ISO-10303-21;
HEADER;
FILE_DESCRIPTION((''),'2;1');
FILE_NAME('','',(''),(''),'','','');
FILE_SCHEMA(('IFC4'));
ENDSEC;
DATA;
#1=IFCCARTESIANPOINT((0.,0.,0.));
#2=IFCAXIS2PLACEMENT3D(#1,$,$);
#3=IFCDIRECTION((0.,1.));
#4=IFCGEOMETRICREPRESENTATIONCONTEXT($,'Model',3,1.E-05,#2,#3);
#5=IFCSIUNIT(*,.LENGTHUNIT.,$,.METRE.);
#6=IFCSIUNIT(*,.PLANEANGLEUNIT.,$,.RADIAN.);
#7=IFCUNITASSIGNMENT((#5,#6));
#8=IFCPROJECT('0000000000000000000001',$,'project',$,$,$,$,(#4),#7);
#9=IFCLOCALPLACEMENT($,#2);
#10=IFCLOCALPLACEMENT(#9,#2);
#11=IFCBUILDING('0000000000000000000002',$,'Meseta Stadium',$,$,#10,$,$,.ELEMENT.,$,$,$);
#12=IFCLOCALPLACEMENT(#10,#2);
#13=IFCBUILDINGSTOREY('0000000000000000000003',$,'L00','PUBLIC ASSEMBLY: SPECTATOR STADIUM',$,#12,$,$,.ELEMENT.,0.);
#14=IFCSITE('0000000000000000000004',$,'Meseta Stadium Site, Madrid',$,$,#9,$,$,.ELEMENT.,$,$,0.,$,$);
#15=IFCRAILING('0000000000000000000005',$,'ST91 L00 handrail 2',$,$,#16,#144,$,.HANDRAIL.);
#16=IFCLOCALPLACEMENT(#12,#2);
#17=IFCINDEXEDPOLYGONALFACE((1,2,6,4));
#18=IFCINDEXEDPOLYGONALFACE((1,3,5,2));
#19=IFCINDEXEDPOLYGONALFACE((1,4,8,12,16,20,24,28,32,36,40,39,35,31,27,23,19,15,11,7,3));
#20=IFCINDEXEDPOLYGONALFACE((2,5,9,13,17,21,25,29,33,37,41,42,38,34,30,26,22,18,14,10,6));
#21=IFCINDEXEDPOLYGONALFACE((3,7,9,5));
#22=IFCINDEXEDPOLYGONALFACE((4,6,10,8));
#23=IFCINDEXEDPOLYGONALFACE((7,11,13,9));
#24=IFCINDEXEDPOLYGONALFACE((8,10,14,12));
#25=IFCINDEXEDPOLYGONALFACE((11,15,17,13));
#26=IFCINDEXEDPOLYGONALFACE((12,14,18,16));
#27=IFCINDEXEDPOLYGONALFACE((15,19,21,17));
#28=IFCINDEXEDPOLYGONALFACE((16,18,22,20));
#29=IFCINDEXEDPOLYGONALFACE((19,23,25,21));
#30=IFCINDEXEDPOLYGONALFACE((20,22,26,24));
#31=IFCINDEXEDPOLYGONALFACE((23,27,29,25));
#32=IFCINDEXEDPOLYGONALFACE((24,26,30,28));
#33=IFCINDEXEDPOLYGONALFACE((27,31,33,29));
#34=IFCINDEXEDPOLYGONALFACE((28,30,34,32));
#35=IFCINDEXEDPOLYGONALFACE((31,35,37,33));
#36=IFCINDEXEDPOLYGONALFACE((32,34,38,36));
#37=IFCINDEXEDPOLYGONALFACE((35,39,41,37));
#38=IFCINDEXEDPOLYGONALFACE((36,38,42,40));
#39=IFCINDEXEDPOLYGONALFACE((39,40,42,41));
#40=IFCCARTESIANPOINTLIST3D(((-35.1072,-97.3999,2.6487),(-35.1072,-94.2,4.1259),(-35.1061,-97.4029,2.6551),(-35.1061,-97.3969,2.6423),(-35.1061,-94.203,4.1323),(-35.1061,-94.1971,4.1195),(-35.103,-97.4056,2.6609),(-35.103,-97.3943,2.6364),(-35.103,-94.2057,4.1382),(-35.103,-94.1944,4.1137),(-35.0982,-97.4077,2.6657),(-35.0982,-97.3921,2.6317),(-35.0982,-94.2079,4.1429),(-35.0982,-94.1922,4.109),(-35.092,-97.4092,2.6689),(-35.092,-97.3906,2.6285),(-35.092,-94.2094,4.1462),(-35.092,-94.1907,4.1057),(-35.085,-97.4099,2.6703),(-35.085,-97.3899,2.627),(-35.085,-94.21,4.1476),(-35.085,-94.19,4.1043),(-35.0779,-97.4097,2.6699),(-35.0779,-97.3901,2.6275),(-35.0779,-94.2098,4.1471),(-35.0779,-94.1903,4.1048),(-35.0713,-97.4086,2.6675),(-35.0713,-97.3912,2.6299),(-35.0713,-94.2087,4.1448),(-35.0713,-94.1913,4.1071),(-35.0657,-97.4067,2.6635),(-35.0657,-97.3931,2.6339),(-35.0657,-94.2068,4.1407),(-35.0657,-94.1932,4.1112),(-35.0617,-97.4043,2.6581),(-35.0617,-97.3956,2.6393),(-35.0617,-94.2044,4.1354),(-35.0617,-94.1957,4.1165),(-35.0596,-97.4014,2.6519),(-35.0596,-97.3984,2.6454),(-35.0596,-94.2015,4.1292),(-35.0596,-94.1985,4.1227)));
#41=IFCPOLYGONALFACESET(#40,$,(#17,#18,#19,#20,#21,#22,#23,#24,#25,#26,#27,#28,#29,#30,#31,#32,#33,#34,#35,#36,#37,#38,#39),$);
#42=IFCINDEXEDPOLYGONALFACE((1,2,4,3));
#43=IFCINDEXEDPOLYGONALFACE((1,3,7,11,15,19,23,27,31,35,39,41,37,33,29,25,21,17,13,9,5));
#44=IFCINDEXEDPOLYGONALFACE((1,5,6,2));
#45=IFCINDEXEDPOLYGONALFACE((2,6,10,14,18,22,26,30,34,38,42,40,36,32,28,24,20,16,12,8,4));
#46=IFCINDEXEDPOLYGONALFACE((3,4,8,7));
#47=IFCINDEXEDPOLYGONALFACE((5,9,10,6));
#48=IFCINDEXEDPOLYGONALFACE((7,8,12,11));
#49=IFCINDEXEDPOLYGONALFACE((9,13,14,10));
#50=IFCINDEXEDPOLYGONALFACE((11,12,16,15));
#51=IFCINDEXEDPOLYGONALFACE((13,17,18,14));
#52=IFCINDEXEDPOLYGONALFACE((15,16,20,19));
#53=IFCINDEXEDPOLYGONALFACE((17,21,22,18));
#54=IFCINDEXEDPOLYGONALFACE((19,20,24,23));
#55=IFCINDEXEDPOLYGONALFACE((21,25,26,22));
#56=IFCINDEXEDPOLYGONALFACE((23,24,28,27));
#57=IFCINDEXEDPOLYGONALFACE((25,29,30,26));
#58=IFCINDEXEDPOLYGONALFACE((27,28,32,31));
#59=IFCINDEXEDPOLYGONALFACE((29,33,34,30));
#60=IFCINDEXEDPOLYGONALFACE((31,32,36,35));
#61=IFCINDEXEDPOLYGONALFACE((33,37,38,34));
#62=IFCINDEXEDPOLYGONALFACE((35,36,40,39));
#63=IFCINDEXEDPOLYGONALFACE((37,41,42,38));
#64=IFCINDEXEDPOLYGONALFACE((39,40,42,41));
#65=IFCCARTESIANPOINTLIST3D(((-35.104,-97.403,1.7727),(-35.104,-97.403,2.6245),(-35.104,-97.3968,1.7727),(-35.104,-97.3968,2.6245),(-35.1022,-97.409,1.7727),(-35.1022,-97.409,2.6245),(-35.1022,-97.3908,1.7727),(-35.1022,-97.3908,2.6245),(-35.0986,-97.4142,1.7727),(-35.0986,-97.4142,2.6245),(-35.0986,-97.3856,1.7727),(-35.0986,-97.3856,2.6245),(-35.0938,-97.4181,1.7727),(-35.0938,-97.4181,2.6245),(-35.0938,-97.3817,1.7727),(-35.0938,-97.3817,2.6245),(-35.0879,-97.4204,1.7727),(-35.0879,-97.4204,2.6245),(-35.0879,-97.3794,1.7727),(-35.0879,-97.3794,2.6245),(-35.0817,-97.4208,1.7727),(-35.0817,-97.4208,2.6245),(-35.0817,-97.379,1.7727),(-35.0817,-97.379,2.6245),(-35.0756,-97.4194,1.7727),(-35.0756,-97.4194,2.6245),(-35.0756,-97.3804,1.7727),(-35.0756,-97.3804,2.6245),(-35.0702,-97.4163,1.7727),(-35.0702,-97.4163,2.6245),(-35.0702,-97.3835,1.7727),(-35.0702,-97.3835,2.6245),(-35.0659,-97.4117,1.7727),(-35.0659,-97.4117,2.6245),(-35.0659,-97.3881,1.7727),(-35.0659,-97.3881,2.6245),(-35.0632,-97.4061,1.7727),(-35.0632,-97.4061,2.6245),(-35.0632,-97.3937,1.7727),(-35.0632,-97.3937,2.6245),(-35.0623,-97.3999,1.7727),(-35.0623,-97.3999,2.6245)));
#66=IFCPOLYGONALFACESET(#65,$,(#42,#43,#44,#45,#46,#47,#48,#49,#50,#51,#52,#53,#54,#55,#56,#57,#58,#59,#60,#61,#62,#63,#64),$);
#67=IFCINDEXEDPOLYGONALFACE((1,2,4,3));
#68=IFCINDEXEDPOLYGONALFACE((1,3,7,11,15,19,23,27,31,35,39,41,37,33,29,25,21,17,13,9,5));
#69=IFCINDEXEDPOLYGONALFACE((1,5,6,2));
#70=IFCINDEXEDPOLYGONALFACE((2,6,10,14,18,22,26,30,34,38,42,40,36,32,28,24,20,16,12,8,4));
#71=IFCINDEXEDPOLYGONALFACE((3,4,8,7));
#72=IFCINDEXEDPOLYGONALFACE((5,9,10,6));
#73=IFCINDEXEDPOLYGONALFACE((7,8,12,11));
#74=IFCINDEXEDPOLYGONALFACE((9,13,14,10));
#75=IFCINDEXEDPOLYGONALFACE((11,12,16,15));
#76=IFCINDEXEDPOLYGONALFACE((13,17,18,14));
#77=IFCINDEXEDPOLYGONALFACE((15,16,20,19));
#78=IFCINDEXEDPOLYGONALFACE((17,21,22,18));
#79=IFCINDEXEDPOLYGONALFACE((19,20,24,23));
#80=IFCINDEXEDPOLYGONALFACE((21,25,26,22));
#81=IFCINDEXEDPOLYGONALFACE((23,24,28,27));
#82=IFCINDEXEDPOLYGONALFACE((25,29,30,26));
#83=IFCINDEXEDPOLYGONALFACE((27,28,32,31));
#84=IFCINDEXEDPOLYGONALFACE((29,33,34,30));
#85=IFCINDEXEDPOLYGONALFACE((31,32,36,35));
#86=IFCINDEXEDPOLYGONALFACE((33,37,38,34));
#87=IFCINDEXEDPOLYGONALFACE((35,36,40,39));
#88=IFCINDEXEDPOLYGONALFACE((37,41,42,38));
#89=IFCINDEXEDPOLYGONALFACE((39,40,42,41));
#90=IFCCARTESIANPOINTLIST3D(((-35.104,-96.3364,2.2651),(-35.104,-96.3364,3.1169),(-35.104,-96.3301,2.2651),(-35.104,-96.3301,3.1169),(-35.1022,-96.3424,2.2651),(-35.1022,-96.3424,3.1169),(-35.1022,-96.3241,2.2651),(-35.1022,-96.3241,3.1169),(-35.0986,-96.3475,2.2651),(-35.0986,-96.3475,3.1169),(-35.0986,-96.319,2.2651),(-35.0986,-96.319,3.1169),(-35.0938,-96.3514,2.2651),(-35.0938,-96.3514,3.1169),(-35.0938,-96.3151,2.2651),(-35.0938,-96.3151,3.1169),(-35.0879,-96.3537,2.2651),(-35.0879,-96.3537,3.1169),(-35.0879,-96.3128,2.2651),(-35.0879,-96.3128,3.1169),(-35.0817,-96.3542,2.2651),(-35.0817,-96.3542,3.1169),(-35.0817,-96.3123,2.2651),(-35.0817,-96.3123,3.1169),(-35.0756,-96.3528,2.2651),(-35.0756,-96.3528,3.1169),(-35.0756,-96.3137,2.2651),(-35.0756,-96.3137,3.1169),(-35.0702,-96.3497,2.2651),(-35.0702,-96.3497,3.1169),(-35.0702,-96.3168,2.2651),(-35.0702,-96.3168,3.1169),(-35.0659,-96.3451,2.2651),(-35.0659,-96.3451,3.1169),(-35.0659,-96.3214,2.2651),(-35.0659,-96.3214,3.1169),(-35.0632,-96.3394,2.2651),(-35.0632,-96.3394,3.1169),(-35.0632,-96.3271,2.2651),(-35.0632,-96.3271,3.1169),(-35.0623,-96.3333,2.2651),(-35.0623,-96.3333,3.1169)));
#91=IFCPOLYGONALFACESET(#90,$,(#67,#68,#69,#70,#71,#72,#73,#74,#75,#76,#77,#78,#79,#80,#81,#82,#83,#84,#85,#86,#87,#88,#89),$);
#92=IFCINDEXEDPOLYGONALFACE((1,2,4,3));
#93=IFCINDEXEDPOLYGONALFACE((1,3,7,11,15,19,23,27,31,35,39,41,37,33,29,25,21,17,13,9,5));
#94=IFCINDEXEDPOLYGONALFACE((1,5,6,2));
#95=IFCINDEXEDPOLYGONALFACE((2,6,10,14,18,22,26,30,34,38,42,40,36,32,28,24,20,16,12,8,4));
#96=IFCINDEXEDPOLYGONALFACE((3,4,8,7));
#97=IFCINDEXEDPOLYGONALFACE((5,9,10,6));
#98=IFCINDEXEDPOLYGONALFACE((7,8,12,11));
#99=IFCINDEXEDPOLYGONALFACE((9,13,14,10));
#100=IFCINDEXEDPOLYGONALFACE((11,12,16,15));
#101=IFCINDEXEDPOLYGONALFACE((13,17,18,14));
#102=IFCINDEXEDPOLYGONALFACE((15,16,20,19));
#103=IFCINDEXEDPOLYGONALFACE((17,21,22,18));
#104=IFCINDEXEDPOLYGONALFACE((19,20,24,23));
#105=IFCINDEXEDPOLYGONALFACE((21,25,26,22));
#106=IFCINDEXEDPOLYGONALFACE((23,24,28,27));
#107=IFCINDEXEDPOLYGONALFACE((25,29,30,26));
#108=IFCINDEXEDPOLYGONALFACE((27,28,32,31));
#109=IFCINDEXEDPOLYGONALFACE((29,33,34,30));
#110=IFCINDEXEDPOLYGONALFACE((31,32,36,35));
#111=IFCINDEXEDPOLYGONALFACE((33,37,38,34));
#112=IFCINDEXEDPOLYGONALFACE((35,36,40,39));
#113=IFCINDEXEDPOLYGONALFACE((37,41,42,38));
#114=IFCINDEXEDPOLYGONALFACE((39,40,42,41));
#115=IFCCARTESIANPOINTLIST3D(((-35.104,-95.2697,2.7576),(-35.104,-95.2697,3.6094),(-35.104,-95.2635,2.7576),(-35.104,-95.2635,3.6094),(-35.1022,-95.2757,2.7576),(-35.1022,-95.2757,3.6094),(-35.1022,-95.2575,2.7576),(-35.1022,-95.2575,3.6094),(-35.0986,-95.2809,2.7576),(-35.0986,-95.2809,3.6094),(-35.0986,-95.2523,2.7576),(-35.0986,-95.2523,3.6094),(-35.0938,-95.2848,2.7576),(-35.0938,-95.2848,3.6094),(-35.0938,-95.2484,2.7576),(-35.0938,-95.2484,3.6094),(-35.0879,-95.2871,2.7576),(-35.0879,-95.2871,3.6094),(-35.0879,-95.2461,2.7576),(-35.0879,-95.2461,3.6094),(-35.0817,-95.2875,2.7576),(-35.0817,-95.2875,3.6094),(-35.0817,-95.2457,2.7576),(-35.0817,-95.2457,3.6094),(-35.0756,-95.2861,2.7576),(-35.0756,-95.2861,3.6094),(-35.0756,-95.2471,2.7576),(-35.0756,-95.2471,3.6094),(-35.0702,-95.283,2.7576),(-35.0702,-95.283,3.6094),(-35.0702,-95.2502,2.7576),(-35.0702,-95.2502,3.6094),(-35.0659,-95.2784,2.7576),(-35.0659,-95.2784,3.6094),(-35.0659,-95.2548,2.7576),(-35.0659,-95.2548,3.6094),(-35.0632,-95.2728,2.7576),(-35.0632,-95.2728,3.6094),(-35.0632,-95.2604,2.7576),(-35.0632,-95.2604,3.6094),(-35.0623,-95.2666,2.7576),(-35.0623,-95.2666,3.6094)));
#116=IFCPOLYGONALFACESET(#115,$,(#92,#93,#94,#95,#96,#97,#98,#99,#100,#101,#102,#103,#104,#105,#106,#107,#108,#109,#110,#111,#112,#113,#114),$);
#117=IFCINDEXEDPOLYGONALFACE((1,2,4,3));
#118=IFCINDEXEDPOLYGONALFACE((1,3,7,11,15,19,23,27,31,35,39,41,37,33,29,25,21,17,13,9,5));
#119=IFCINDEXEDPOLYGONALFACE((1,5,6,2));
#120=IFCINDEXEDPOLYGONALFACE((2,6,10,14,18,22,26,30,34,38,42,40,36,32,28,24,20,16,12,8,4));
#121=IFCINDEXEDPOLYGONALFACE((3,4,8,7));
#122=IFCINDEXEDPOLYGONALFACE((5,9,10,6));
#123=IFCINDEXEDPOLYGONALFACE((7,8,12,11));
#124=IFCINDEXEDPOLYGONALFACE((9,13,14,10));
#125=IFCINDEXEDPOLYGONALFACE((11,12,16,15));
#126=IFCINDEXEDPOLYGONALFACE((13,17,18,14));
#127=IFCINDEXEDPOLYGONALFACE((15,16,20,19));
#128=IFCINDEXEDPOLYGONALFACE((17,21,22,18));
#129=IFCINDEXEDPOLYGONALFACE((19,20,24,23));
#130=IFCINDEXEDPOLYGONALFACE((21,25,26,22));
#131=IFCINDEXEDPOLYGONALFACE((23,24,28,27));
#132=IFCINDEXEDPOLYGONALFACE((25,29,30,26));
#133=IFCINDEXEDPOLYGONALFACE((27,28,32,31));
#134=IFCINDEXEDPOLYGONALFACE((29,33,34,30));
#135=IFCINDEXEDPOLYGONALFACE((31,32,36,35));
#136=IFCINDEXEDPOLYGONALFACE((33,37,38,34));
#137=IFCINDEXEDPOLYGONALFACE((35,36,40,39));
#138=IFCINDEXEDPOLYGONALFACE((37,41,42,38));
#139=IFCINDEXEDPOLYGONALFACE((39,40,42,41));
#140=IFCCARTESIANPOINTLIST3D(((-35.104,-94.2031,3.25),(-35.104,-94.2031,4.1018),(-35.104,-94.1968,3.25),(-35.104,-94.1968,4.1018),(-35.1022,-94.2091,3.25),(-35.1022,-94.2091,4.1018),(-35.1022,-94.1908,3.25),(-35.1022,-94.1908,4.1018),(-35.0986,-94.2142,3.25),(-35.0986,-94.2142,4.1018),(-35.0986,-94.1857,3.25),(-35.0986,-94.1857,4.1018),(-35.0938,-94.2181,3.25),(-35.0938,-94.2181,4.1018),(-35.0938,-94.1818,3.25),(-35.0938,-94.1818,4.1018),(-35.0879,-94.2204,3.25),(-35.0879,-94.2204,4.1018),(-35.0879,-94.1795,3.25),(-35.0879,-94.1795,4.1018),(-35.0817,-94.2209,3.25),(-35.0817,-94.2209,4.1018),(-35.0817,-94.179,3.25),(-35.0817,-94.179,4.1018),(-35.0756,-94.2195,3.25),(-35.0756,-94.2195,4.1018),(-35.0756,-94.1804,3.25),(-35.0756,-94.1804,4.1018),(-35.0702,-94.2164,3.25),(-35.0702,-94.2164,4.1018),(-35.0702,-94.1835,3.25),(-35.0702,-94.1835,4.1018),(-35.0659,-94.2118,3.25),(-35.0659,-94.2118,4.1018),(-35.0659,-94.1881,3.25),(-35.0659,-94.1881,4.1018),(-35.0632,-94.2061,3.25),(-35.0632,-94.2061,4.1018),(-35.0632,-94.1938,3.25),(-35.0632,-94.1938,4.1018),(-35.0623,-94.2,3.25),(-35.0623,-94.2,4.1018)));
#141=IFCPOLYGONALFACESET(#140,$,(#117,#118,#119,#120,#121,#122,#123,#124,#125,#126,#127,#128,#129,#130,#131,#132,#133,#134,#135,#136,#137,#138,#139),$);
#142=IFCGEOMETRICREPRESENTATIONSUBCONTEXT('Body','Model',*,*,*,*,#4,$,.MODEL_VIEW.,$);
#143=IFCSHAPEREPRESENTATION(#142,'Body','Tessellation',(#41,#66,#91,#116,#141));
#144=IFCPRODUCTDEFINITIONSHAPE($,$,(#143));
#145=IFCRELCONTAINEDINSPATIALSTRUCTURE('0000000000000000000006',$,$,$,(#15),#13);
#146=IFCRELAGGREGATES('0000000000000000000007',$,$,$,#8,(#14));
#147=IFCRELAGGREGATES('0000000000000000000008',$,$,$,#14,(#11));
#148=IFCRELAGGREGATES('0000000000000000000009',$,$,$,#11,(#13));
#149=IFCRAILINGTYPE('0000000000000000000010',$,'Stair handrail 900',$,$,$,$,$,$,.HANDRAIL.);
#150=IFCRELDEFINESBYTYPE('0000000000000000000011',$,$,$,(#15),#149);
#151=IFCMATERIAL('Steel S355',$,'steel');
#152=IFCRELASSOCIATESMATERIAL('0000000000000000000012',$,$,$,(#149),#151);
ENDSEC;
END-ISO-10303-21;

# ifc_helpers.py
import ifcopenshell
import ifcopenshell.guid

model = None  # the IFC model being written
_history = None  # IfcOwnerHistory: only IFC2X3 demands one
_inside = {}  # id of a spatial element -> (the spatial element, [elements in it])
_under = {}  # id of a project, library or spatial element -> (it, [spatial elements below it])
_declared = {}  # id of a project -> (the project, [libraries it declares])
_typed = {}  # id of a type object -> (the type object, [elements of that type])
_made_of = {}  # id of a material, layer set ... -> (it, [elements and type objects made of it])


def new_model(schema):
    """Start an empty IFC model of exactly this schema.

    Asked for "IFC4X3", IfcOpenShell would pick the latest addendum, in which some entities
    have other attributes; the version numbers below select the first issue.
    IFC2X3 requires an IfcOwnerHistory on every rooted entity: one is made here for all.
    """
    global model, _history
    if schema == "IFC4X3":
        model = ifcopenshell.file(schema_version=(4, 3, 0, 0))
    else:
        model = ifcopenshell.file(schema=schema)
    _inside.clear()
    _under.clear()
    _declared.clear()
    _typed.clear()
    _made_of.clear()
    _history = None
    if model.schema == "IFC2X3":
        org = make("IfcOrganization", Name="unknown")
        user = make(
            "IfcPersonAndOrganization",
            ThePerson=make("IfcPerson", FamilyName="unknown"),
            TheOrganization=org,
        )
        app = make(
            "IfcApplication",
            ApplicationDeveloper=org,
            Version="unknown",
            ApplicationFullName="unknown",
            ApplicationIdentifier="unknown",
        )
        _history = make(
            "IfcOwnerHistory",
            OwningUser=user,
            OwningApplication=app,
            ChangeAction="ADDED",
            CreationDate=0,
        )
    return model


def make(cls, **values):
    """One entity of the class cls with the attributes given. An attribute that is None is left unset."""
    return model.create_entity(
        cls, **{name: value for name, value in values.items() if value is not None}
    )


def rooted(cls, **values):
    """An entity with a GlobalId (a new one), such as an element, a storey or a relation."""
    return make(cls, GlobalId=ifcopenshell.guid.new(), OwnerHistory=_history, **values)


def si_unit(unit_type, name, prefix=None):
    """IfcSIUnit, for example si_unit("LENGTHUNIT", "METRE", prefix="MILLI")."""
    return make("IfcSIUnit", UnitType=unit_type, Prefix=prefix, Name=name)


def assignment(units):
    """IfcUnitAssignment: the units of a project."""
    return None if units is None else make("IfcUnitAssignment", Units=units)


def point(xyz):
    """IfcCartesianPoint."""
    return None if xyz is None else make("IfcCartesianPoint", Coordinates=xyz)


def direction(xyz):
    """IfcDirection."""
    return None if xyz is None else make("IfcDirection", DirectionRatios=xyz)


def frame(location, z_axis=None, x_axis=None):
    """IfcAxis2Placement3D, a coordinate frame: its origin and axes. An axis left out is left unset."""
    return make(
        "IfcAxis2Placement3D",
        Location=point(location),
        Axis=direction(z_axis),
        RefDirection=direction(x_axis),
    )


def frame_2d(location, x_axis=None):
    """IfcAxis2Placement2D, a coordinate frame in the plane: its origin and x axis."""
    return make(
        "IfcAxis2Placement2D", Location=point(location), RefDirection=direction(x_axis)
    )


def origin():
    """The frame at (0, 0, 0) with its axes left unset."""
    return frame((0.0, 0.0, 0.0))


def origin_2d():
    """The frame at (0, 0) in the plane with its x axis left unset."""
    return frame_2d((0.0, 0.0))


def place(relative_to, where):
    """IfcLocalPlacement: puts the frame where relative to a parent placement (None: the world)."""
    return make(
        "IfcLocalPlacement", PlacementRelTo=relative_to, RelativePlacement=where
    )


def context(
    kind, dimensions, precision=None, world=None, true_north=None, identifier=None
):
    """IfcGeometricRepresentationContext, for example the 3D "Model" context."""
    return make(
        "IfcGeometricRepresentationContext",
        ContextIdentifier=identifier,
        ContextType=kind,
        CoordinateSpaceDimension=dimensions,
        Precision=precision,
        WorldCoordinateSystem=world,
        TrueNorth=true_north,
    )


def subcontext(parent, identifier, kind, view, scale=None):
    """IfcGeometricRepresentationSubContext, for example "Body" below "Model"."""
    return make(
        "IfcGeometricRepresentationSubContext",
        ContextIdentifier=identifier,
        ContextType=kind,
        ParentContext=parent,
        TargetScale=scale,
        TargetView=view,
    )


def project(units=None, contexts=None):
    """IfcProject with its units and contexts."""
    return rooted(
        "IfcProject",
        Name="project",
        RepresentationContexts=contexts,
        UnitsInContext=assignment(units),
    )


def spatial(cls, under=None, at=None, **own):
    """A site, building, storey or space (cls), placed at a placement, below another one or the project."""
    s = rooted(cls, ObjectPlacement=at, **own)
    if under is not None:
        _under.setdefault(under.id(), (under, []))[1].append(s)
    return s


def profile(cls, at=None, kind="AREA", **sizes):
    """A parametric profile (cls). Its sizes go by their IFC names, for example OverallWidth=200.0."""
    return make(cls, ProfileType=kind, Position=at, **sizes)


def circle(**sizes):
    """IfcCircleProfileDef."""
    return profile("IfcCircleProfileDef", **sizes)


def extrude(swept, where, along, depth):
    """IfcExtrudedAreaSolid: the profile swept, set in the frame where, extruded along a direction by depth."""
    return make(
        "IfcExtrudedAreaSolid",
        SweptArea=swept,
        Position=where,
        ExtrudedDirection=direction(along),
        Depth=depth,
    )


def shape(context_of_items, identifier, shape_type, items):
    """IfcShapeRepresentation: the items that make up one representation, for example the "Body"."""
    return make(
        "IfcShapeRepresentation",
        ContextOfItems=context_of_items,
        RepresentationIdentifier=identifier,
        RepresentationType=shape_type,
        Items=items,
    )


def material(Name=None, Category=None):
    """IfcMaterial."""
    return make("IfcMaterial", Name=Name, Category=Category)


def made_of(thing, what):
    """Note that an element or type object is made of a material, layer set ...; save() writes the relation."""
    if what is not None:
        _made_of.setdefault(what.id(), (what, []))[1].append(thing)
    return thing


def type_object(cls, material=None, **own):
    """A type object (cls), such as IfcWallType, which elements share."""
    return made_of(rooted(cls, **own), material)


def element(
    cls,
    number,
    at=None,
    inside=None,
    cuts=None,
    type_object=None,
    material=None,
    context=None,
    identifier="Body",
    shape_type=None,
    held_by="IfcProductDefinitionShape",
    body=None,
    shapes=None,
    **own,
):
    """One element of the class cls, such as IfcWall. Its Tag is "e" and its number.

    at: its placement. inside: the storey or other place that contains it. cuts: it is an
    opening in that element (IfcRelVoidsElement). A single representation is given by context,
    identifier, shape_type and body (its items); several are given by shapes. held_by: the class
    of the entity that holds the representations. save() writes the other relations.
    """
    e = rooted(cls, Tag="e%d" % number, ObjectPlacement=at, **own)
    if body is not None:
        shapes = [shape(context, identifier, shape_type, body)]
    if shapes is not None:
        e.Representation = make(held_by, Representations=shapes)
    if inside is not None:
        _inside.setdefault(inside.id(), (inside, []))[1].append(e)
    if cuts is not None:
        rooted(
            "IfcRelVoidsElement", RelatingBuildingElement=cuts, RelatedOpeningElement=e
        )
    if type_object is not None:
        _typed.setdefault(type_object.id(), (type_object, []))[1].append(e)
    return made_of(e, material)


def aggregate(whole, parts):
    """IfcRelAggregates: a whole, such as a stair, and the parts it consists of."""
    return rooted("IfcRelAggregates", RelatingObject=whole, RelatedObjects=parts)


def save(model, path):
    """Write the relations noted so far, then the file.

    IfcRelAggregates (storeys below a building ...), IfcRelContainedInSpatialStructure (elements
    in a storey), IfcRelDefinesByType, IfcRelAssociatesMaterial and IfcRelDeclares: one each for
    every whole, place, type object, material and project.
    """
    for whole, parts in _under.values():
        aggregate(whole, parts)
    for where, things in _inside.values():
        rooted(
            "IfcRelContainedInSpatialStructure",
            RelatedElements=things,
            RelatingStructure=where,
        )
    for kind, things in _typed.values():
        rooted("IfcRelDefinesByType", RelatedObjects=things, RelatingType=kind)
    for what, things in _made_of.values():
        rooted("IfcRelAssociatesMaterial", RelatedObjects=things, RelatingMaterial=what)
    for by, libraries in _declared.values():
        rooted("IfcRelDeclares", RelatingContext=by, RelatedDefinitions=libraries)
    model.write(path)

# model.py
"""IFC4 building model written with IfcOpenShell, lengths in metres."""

from ifc_helpers import new_model, si_unit, direction, frame, origin, origin_2d, place, context, subcontext, project, spatial, circle, extrude, material, type_object, element, save


model = new_model("IFC4")

# Units and contexts
model_context = context("Model", 3, precision=1e-05, world=origin(), true_north=direction((0.0, 1.0)))
body_context = subcontext(model_context, "Body", "Model", "MODEL_VIEW")
ifc_project = project(units=[si_unit("LENGTHUNIT", "METRE"), si_unit("PLANEANGLEUNIT", "RADIAN")], contexts=[model_context])

# Site, building, storey
site_placement = place(None, origin())
site = spatial("IfcSite", under=ifc_project, at=site_placement, Name="Meseta Stadium Site, Madrid", CompositionType="ELEMENT", RefElevation=0.0)
building_placement = place(site_placement, origin())
building = spatial("IfcBuilding", under=site, at=building_placement, Name="Meseta Stadium", CompositionType="ELEMENT")
storey_placement = place(building_placement, origin())
storey = spatial("IfcBuildingStorey", under=building, at=storey_placement, Name="L00", Description="PUBLIC ASSEMBLY: SPECTATOR STADIUM", CompositionType="ELEMENT", Elevation=0.0)

# Railing
ifc_material_1 = material(Name="Steel S355", Category="steel")
railing_type_1 = type_object("IfcRailingType", Name="Stair handrail 900", PredefinedType="HANDRAIL", material=ifc_material_1)
for number, where, name in (
    (1, (-35.0833, -97.3999, 1.7727), "ST91 L00 handrail 2"),
):
    element("IfcRailing", number, at=place(storey_placement, frame(where)), inside=storey, type_object=railing_type_1, Name=name, PredefinedType="HANDRAIL", context=body_context, shape_type="SweptSolid", body=[
        extrude(circle(Radius=0.0239, at=origin_2d()), frame((0.0, 0.0, 0.876), z_axis=(0.0, 0.907917, 0.41915), x_axis=(-1.0, 0.0, 0.0)), (0.0, 0.0, 1.0), 3.5244),
        extrude(circle(Radius=0.021, at=origin_2d()), origin(), (0.0, 0.0, 1.0), 0.8518),
        extrude(circle(Radius=0.021, at=origin_2d()), frame((0.0, 1.0667, 0.4924)), (0.0, 0.0, 1.0), 0.8518),
        extrude(circle(Radius=0.021, at=origin_2d()), frame((0.0, 2.1333, 0.9849)), (0.0, 0.0, 1.0), 0.8518),
        extrude(circle(Radius=0.021, at=origin_2d()), frame((0.0, 3.2, 1.4773)), (0.0, 0.0, 1.0), 0.8518),
    ])

save(model, "model.ifc")
